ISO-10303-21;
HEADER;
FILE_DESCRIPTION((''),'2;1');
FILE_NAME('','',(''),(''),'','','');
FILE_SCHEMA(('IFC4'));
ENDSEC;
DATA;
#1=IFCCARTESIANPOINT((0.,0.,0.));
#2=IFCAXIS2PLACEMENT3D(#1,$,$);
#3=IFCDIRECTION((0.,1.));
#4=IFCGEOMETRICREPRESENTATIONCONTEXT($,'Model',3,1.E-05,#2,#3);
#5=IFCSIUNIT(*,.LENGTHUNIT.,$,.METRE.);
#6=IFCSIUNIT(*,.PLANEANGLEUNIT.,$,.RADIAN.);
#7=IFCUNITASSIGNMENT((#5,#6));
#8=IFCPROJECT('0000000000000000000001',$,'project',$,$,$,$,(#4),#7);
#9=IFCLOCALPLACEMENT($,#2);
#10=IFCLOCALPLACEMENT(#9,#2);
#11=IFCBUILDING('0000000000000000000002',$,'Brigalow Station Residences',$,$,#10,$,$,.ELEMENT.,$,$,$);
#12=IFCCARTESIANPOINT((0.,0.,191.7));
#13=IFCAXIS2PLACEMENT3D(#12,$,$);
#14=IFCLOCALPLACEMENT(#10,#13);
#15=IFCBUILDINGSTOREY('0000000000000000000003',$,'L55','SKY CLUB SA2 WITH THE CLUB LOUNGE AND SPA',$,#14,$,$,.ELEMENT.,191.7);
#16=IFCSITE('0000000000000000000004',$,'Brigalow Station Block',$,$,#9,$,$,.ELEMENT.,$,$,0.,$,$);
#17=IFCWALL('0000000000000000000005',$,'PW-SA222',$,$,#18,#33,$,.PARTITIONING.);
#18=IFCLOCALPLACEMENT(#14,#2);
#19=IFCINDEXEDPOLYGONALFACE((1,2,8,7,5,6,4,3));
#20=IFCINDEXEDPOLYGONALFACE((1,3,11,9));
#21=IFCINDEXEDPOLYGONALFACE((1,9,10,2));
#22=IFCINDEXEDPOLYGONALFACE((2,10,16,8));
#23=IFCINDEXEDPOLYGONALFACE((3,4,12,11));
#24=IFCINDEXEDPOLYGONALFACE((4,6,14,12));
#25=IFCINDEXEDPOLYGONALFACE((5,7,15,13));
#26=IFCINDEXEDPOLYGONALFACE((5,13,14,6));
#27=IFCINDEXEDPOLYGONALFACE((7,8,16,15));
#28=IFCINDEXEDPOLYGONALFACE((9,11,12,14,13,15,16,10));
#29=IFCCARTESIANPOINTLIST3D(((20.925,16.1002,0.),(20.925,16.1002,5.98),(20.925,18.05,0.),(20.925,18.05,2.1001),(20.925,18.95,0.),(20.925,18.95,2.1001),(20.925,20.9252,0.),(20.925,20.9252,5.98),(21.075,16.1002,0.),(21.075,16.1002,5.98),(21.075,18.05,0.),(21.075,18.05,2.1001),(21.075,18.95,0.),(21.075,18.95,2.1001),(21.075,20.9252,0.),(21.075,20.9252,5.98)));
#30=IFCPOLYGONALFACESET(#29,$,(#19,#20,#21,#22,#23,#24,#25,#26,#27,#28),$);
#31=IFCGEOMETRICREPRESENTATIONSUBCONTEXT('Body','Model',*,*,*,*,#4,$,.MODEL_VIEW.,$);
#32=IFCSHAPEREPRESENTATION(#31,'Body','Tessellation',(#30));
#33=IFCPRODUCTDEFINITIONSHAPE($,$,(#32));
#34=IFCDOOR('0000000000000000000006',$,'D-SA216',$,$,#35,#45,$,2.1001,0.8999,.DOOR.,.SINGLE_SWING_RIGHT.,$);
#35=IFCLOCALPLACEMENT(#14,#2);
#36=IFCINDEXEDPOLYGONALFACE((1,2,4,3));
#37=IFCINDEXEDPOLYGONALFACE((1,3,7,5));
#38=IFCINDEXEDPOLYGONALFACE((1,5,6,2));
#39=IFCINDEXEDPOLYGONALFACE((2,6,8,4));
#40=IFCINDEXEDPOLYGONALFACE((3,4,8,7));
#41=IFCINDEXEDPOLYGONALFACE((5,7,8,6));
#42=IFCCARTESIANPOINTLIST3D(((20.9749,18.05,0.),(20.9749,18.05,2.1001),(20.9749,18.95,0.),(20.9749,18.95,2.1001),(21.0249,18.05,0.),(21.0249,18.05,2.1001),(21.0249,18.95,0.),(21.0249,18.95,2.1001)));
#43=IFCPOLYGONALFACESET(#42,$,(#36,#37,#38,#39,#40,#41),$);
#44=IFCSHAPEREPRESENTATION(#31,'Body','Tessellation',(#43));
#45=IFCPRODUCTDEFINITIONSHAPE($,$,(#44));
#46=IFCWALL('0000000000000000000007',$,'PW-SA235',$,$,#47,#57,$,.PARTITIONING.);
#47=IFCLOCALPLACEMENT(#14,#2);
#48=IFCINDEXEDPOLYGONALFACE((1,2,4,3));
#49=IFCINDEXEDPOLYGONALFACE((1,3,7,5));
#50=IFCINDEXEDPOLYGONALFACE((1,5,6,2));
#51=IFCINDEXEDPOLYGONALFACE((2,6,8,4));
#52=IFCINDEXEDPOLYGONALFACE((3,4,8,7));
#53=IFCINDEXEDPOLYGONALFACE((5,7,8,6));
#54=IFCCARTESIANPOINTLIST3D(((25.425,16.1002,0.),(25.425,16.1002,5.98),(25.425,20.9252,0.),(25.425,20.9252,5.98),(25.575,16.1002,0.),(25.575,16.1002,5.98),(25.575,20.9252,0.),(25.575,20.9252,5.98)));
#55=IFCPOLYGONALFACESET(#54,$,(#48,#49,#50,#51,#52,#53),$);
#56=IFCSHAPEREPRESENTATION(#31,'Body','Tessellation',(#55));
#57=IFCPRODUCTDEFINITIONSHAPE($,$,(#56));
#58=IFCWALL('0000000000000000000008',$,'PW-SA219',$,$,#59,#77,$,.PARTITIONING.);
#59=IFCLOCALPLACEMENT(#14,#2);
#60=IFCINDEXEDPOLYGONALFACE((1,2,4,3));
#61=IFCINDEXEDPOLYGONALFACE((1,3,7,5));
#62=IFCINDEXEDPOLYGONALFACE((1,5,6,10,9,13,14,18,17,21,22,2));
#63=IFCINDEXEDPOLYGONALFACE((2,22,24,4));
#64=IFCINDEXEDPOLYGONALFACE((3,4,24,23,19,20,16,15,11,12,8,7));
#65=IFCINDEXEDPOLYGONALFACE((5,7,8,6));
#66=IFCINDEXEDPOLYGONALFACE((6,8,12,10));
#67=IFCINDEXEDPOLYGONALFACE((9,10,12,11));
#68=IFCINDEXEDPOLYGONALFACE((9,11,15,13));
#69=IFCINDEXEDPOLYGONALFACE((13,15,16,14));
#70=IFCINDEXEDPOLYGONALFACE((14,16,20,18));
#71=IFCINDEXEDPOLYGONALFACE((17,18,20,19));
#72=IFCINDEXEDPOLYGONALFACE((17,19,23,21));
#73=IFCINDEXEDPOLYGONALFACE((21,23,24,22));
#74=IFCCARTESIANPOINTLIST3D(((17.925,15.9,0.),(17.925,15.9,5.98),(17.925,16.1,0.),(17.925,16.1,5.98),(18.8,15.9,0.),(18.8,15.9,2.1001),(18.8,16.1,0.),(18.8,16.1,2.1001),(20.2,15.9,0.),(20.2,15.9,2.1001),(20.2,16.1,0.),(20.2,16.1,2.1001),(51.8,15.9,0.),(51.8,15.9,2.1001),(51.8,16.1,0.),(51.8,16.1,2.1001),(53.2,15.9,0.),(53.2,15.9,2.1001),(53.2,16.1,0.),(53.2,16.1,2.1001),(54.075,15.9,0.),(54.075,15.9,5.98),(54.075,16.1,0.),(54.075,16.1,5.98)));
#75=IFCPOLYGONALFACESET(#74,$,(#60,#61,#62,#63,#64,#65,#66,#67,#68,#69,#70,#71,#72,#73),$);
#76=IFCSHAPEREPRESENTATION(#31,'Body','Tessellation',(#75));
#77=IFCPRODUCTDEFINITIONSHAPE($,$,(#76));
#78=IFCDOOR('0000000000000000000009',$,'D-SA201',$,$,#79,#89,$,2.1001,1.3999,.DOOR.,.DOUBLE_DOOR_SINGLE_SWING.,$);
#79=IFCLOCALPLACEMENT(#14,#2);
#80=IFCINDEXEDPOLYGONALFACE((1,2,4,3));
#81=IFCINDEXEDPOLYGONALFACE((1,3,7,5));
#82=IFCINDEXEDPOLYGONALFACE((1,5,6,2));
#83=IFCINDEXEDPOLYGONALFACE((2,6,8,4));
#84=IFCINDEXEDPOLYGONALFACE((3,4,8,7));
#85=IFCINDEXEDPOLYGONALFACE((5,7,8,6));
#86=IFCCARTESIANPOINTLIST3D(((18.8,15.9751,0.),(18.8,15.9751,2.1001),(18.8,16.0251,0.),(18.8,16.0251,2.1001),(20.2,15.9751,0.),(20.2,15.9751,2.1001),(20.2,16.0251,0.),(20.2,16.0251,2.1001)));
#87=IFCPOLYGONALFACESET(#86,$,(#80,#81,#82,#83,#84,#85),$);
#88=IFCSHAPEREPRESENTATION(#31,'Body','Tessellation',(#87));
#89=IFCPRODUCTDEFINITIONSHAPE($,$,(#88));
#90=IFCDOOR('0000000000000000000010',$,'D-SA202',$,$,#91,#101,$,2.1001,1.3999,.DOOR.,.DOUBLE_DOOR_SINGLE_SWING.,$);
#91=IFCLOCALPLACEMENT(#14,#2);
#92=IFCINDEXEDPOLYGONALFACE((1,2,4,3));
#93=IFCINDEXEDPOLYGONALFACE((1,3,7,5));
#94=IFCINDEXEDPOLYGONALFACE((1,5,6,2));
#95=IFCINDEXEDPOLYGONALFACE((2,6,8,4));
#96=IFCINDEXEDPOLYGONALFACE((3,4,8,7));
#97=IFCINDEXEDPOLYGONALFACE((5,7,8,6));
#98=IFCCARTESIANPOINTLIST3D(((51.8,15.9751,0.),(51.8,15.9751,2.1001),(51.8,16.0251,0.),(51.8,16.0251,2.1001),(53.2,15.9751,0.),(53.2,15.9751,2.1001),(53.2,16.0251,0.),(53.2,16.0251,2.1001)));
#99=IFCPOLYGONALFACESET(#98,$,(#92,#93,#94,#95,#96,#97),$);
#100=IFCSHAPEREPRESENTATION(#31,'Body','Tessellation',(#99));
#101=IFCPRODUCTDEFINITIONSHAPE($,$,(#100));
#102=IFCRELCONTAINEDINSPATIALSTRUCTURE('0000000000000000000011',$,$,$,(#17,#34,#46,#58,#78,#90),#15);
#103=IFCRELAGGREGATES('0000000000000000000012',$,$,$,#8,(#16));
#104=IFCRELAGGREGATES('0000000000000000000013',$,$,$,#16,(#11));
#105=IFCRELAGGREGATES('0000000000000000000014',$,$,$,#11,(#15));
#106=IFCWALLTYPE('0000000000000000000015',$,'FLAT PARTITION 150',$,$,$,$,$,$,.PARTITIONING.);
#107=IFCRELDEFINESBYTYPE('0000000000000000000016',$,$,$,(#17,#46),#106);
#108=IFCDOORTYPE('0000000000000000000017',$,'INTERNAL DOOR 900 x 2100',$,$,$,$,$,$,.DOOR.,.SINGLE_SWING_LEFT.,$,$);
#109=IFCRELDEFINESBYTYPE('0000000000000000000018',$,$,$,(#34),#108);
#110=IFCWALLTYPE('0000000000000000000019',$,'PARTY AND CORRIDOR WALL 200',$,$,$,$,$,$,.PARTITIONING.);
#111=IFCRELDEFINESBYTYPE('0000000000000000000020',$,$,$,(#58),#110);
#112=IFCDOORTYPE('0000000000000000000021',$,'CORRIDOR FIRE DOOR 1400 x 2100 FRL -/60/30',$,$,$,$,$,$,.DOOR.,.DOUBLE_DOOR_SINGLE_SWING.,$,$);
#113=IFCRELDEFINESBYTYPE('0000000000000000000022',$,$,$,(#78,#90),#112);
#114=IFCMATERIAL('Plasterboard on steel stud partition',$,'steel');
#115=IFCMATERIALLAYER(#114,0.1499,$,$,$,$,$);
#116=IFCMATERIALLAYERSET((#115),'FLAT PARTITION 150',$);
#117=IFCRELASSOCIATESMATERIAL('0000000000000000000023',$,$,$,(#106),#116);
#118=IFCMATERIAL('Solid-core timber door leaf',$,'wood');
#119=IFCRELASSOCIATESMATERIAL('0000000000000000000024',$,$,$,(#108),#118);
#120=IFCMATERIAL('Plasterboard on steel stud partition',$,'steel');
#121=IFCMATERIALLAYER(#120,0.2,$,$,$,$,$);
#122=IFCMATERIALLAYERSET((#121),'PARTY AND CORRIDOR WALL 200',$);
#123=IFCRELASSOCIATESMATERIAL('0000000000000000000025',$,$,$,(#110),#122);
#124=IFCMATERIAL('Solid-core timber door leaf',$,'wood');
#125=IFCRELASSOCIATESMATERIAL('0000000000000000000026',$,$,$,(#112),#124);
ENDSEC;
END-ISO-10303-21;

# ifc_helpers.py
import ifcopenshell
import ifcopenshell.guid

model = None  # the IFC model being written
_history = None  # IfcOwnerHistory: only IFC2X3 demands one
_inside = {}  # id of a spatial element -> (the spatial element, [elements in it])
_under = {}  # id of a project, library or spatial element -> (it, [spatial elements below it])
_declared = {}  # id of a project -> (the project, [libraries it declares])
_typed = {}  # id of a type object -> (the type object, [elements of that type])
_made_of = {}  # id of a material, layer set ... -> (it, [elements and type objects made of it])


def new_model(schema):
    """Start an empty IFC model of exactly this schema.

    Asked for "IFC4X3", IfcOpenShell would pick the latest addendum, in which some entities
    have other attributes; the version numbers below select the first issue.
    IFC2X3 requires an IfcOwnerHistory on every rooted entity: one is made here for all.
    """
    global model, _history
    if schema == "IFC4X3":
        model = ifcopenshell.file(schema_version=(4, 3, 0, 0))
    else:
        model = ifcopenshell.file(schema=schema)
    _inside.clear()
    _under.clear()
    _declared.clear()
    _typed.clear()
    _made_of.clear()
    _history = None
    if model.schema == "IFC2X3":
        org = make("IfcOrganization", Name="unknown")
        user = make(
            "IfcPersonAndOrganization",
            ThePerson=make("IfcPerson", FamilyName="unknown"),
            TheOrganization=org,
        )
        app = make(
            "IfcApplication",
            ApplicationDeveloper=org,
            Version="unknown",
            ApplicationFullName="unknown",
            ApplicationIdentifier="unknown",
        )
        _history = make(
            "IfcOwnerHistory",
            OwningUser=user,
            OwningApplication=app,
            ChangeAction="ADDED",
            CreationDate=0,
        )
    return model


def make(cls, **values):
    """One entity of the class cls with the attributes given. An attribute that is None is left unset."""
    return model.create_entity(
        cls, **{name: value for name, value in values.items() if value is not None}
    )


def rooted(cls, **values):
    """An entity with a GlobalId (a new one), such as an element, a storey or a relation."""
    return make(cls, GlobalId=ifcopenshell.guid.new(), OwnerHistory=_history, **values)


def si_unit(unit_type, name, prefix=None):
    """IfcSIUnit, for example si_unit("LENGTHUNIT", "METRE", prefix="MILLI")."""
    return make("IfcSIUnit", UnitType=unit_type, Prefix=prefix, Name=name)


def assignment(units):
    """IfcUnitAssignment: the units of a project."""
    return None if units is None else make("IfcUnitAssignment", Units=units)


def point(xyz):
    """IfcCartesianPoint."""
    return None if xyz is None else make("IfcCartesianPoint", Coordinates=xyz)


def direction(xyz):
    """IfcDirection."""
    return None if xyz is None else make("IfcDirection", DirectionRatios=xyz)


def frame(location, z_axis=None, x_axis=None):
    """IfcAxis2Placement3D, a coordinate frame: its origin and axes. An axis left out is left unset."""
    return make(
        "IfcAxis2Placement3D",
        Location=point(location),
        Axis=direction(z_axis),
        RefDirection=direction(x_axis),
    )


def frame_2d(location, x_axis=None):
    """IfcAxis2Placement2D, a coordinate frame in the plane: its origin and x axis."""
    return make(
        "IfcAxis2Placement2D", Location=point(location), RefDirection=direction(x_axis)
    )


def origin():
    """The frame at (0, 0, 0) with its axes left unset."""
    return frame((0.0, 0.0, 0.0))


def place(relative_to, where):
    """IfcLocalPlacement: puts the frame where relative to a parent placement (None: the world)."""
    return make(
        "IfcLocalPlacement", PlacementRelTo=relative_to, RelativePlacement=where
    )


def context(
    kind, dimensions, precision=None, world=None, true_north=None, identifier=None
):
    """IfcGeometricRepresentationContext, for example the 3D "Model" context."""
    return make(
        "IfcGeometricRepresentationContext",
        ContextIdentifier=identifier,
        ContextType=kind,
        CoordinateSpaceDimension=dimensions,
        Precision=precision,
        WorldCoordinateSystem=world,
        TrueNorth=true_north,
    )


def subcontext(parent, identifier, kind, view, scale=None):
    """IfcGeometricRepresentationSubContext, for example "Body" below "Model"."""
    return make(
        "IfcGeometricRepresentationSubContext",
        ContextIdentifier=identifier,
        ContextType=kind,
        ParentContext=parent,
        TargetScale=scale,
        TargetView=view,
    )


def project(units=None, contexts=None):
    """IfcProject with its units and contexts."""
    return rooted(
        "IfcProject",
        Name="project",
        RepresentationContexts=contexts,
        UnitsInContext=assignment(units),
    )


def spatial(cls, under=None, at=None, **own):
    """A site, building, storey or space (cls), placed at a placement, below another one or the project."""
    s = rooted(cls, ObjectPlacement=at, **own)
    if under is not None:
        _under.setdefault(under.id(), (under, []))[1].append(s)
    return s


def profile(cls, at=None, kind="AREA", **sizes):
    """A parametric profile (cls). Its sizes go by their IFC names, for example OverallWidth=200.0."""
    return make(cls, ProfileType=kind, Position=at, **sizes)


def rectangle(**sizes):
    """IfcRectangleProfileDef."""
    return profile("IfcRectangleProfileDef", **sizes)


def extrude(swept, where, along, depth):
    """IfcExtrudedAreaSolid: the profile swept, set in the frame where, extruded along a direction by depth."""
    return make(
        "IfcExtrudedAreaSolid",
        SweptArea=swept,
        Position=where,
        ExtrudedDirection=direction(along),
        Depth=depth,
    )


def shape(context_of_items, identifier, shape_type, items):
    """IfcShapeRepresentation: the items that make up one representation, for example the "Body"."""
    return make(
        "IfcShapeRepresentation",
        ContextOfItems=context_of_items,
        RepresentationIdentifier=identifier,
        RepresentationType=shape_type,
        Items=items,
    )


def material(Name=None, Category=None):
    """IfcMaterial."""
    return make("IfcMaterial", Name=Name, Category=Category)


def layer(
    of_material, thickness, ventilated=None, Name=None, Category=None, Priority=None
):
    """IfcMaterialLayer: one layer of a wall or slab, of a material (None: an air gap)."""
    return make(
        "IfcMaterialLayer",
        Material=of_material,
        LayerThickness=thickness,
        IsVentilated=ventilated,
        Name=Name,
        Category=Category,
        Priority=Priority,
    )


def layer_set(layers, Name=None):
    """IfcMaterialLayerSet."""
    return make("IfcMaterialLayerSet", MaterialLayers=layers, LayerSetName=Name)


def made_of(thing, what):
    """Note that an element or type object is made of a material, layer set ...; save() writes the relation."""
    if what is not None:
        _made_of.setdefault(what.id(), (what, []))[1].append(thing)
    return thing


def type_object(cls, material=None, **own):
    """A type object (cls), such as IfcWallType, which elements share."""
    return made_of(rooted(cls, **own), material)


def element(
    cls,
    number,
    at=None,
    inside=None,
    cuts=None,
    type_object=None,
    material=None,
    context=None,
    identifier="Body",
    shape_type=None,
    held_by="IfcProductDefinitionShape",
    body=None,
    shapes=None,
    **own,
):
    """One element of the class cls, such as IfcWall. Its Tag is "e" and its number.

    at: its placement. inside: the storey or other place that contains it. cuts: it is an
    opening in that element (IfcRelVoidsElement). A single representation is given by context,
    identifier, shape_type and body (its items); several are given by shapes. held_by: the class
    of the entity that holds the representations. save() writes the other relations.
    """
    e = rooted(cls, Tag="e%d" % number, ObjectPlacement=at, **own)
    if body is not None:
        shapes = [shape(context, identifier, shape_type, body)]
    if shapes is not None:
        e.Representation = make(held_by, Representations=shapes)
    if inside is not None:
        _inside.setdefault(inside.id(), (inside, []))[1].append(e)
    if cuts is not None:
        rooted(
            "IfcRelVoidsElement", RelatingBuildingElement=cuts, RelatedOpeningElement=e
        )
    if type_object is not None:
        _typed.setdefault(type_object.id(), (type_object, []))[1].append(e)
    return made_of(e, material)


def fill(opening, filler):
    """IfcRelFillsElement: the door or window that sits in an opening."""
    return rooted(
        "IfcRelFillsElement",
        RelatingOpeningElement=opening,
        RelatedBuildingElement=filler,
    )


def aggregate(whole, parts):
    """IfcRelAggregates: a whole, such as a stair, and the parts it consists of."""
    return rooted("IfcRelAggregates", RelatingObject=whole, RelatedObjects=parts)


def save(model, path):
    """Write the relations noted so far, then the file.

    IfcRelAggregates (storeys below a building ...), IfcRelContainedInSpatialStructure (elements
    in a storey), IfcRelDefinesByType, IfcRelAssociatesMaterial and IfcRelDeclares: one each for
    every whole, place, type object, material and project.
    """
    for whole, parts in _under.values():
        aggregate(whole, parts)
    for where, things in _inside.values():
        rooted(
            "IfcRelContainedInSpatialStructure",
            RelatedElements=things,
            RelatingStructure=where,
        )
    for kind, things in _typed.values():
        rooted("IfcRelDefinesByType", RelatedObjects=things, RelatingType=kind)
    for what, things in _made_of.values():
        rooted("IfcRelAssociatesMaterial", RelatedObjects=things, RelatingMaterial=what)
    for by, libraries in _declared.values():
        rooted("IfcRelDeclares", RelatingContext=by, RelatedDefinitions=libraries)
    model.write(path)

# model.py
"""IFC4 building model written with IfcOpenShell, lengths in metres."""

from ifc_helpers import new_model, si_unit, direction, frame, frame_2d, origin, place, context, subcontext, project, spatial, rectangle, extrude, material, layer, layer_set, type_object, element, fill, save


model = new_model("IFC4")

# Units and contexts
model_context = context("Model", 3, precision=1e-05, world=origin(), true_north=direction((0.0, 1.0)))
body_context = subcontext(model_context, "Body", "Model", "MODEL_VIEW")
ifc_project = project(units=[si_unit("LENGTHUNIT", "METRE"), si_unit("PLANEANGLEUNIT", "RADIAN")], contexts=[model_context])

# Site, building, storey
site_placement = place(None, origin())
site = spatial("IfcSite", under=ifc_project, at=site_placement, Name="Brigalow Station Block", CompositionType="ELEMENT", RefElevation=0.0)
building_placement = place(site_placement, origin())
building = spatial("IfcBuilding", under=site, at=building_placement, Name="Brigalow Station Residences", CompositionType="ELEMENT")
storey_placement = place(building_placement, frame((0.0, 0.0, 191.7)))
storey = spatial("IfcBuildingStorey", under=building, at=storey_placement, Name="L55", Description="SKY CLUB SA2 WITH THE CLUB LOUNGE AND SPA", CompositionType="ELEMENT", Elevation=191.7)

# Shared definitions
ifc_material_1 = material(Name="Plasterboard on steel stud partition", Category="steel")
ifc_layer_1 = layer(ifc_material_1, 0.1499)
ifc_layer_set_1 = layer_set([ifc_layer_1], Name="FLAT PARTITION 150")
wall_type_1 = type_object("IfcWallType", Name="FLAT PARTITION 150", PredefinedType="PARTITIONING", material=ifc_layer_set_1)
ifc_material_2 = material(Name="Solid-core timber door leaf", Category="wood")
door_type_1 = type_object("IfcDoorType", Name="INTERNAL DOOR 900 x 2100", OperationType="SINGLE_SWING_LEFT", PredefinedType="DOOR", material=ifc_material_2)

# Wall, opening, door
wall_1_placement = place(storey_placement, frame((21.0, 16.1001, 0.0), z_axis=(0.0, 0.0, 1.0), x_axis=(0.0, 1.0, 0.0)))
wall_1 = element("IfcWall", 1, at=wall_1_placement, inside=storey, type_object=wall_type_1, Name="PW-SA222", PredefinedType="PARTITIONING", context=body_context, shape_type="SweptSolid", body=[
    extrude(rectangle(XDim=4.825, YDim=0.1499, at=frame_2d((2.4126, 0.0))), origin(), (0.0, 0.0, 1.0), 5.98),
])
opening_1_placement = place(wall_1_placement, frame((1.95, 0.0, 0.0)))
opening_1 = element("IfcOpeningElement", 2, at=opening_1_placement, cuts=wall_1, PredefinedType="OPENING", context=body_context, shape_type="SweptSolid", body=[
    extrude(rectangle(XDim=0.8999, YDim=2.1001, at=frame_2d((0.45, 1.05))), frame((0.0, 0.085, 0.0), z_axis=(0.0, -1.0, 0.0), x_axis=(1.0, 0.0, 0.0)), (0.0, 0.0, 1.0), 0.1699),
])
door_1_placement = place(opening_1_placement, frame((0.8999, 0.0, 0.0), z_axis=(0.0, 0.0, 1.0), x_axis=(-1.0, 0.0, 0.0)))
door_1 = element("IfcDoor", 3, at=door_1_placement, inside=storey, type_object=door_type_1, Name="D-SA216", OperationType="SINGLE_SWING_RIGHT", OverallHeight=2.1001, OverallWidth=0.8999, PredefinedType="DOOR", context=body_context, shape_type="SweptSolid", body=[
    extrude(rectangle(XDim=0.8999, YDim=2.1001, at=frame_2d((0.45, 1.05))), frame((0.0, 0.0249, 0.0), z_axis=(0.0, -1.0, 0.0), x_axis=(1.0, 0.0, 0.0)), (0.0, 0.0, 1.0), 0.05),
])
fill(opening_1, door_1)

# Wall
wall_2_placement = place(storey_placement, frame((25.5, 16.1001, 0.0), z_axis=(0.0, 0.0, 1.0), x_axis=(0.0, 1.0, 0.0)))
element("IfcWall", 4, at=wall_2_placement, inside=storey, type_object=wall_type_1, Name="PW-SA235", PredefinedType="PARTITIONING", context=body_context, shape_type="SweptSolid", body=[
    extrude(rectangle(XDim=4.825, YDim=0.1499, at=frame_2d((2.4126, 0.0))), origin(), (0.0, 0.0, 1.0), 5.98),
])

# Wall, openings, doors
ifc_material_3 = material(Name="Plasterboard on steel stud partition", Category="steel")
ifc_layer_2 = layer(ifc_material_3, 0.2)
ifc_layer_set_2 = layer_set([ifc_layer_2], Name="PARTY AND CORRIDOR WALL 200")
wall_type_2 = type_object("IfcWallType", Name="PARTY AND CORRIDOR WALL 200", PredefinedType="PARTITIONING", material=ifc_layer_set_2)
wall_3_placement = place(storey_placement, frame((17.925, 16.0, 0.0), z_axis=(0.0, 0.0, 1.0), x_axis=(1.0, 0.0, 0.0)))
wall_3 = element("IfcWall", 5, at=wall_3_placement, inside=storey, type_object=wall_type_2, Name="PW-SA219", PredefinedType="PARTITIONING", context=body_context, shape_type="SweptSolid", body=[
    extrude(rectangle(XDim=36.1499, YDim=0.2, at=frame_2d((18.075, 0.0))), origin(), (0.0, 0.0, 1.0), 5.98),
])
opening_2_placement = place(wall_3_placement, frame((0.875, 0.0, 0.0)))
opening_2 = element("IfcOpeningElement", 6, at=opening_2_placement, cuts=wall_3, PredefinedType="OPENING", context=body_context, shape_type="SweptSolid", body=[
    extrude(rectangle(XDim=1.3999, YDim=2.1001, at=frame_2d((0.7, 1.05))), frame((0.0, 0.1099, 0.0), z_axis=(0.0, -1.0, 0.0), x_axis=(1.0, 0.0, 0.0)), (0.0, 0.0, 1.0), 0.22),
])
opening_3_placement = place(wall_3_placement, frame((33.875, 0.0, 0.0)))
opening_3 = element("IfcOpeningElement", 7, at=opening_3_placement, cuts=wall_3, PredefinedType="OPENING", context=body_context, shape_type="SweptSolid", body=[
    extrude(rectangle(XDim=1.3999, YDim=2.1001, at=frame_2d((0.7, 1.05))), frame((0.0, 0.1099, 0.0), z_axis=(0.0, -1.0, 0.0), x_axis=(1.0, 0.0, 0.0)), (0.0, 0.0, 1.0), 0.22),
])
ifc_material_4 = material(Name="Solid-core timber door leaf", Category="wood")
door_type_2 = type_object("IfcDoorType", Name="CORRIDOR FIRE DOOR 1400 x 2100 FRL -/60/30", OperationType="DOUBLE_DOOR_SINGLE_SWING", PredefinedType="DOOR", material=ifc_material_4)
door_2_placement = place(opening_2_placement, frame((1.3999, 0.0, 0.0), z_axis=(0.0, 0.0, 1.0), x_axis=(-1.0, 0.0, 0.0)))
door_2 = element("IfcDoor", 8, at=door_2_placement, inside=storey, type_object=door_type_2, Name="D-SA201", OperationType="DOUBLE_DOOR_SINGLE_SWING", OverallHeight=2.1001, OverallWidth=1.3999, PredefinedType="DOOR", context=body_context, shape_type="SweptSolid", body=[
    extrude(rectangle(XDim=1.3999, YDim=2.1001, at=frame_2d((0.7, 1.05))), frame((0.0, 0.0249, 0.0), z_axis=(0.0, -1.0, 0.0), x_axis=(1.0, 0.0, 0.0)), (0.0, 0.0, 1.0), 0.05),
])
fill(opening_2, door_2)
door_3_placement = place(opening_3_placement, frame((1.3999, 0.0, 0.0), z_axis=(0.0, 0.0, 1.0), x_axis=(-1.0, 0.0, 0.0)))
door_3 = element("IfcDoor", 9, at=door_3_placement, inside=storey, type_object=door_type_2, Name="D-SA202", OperationType="DOUBLE_DOOR_SINGLE_SWING", OverallHeight=2.1001, OverallWidth=1.3999, PredefinedType="DOOR", context=body_context, shape_type="SweptSolid", body=[
    extrude(rectangle(XDim=1.3999, YDim=2.1001, at=frame_2d((0.7, 1.05))), frame((0.0, 0.0249, 0.0), z_axis=(0.0, -1.0, 0.0), x_axis=(1.0, 0.0, 0.0)), (0.0, 0.0, 1.0), 0.05),
])
fill(opening_3, door_3)

save(model, "model.ifc")
